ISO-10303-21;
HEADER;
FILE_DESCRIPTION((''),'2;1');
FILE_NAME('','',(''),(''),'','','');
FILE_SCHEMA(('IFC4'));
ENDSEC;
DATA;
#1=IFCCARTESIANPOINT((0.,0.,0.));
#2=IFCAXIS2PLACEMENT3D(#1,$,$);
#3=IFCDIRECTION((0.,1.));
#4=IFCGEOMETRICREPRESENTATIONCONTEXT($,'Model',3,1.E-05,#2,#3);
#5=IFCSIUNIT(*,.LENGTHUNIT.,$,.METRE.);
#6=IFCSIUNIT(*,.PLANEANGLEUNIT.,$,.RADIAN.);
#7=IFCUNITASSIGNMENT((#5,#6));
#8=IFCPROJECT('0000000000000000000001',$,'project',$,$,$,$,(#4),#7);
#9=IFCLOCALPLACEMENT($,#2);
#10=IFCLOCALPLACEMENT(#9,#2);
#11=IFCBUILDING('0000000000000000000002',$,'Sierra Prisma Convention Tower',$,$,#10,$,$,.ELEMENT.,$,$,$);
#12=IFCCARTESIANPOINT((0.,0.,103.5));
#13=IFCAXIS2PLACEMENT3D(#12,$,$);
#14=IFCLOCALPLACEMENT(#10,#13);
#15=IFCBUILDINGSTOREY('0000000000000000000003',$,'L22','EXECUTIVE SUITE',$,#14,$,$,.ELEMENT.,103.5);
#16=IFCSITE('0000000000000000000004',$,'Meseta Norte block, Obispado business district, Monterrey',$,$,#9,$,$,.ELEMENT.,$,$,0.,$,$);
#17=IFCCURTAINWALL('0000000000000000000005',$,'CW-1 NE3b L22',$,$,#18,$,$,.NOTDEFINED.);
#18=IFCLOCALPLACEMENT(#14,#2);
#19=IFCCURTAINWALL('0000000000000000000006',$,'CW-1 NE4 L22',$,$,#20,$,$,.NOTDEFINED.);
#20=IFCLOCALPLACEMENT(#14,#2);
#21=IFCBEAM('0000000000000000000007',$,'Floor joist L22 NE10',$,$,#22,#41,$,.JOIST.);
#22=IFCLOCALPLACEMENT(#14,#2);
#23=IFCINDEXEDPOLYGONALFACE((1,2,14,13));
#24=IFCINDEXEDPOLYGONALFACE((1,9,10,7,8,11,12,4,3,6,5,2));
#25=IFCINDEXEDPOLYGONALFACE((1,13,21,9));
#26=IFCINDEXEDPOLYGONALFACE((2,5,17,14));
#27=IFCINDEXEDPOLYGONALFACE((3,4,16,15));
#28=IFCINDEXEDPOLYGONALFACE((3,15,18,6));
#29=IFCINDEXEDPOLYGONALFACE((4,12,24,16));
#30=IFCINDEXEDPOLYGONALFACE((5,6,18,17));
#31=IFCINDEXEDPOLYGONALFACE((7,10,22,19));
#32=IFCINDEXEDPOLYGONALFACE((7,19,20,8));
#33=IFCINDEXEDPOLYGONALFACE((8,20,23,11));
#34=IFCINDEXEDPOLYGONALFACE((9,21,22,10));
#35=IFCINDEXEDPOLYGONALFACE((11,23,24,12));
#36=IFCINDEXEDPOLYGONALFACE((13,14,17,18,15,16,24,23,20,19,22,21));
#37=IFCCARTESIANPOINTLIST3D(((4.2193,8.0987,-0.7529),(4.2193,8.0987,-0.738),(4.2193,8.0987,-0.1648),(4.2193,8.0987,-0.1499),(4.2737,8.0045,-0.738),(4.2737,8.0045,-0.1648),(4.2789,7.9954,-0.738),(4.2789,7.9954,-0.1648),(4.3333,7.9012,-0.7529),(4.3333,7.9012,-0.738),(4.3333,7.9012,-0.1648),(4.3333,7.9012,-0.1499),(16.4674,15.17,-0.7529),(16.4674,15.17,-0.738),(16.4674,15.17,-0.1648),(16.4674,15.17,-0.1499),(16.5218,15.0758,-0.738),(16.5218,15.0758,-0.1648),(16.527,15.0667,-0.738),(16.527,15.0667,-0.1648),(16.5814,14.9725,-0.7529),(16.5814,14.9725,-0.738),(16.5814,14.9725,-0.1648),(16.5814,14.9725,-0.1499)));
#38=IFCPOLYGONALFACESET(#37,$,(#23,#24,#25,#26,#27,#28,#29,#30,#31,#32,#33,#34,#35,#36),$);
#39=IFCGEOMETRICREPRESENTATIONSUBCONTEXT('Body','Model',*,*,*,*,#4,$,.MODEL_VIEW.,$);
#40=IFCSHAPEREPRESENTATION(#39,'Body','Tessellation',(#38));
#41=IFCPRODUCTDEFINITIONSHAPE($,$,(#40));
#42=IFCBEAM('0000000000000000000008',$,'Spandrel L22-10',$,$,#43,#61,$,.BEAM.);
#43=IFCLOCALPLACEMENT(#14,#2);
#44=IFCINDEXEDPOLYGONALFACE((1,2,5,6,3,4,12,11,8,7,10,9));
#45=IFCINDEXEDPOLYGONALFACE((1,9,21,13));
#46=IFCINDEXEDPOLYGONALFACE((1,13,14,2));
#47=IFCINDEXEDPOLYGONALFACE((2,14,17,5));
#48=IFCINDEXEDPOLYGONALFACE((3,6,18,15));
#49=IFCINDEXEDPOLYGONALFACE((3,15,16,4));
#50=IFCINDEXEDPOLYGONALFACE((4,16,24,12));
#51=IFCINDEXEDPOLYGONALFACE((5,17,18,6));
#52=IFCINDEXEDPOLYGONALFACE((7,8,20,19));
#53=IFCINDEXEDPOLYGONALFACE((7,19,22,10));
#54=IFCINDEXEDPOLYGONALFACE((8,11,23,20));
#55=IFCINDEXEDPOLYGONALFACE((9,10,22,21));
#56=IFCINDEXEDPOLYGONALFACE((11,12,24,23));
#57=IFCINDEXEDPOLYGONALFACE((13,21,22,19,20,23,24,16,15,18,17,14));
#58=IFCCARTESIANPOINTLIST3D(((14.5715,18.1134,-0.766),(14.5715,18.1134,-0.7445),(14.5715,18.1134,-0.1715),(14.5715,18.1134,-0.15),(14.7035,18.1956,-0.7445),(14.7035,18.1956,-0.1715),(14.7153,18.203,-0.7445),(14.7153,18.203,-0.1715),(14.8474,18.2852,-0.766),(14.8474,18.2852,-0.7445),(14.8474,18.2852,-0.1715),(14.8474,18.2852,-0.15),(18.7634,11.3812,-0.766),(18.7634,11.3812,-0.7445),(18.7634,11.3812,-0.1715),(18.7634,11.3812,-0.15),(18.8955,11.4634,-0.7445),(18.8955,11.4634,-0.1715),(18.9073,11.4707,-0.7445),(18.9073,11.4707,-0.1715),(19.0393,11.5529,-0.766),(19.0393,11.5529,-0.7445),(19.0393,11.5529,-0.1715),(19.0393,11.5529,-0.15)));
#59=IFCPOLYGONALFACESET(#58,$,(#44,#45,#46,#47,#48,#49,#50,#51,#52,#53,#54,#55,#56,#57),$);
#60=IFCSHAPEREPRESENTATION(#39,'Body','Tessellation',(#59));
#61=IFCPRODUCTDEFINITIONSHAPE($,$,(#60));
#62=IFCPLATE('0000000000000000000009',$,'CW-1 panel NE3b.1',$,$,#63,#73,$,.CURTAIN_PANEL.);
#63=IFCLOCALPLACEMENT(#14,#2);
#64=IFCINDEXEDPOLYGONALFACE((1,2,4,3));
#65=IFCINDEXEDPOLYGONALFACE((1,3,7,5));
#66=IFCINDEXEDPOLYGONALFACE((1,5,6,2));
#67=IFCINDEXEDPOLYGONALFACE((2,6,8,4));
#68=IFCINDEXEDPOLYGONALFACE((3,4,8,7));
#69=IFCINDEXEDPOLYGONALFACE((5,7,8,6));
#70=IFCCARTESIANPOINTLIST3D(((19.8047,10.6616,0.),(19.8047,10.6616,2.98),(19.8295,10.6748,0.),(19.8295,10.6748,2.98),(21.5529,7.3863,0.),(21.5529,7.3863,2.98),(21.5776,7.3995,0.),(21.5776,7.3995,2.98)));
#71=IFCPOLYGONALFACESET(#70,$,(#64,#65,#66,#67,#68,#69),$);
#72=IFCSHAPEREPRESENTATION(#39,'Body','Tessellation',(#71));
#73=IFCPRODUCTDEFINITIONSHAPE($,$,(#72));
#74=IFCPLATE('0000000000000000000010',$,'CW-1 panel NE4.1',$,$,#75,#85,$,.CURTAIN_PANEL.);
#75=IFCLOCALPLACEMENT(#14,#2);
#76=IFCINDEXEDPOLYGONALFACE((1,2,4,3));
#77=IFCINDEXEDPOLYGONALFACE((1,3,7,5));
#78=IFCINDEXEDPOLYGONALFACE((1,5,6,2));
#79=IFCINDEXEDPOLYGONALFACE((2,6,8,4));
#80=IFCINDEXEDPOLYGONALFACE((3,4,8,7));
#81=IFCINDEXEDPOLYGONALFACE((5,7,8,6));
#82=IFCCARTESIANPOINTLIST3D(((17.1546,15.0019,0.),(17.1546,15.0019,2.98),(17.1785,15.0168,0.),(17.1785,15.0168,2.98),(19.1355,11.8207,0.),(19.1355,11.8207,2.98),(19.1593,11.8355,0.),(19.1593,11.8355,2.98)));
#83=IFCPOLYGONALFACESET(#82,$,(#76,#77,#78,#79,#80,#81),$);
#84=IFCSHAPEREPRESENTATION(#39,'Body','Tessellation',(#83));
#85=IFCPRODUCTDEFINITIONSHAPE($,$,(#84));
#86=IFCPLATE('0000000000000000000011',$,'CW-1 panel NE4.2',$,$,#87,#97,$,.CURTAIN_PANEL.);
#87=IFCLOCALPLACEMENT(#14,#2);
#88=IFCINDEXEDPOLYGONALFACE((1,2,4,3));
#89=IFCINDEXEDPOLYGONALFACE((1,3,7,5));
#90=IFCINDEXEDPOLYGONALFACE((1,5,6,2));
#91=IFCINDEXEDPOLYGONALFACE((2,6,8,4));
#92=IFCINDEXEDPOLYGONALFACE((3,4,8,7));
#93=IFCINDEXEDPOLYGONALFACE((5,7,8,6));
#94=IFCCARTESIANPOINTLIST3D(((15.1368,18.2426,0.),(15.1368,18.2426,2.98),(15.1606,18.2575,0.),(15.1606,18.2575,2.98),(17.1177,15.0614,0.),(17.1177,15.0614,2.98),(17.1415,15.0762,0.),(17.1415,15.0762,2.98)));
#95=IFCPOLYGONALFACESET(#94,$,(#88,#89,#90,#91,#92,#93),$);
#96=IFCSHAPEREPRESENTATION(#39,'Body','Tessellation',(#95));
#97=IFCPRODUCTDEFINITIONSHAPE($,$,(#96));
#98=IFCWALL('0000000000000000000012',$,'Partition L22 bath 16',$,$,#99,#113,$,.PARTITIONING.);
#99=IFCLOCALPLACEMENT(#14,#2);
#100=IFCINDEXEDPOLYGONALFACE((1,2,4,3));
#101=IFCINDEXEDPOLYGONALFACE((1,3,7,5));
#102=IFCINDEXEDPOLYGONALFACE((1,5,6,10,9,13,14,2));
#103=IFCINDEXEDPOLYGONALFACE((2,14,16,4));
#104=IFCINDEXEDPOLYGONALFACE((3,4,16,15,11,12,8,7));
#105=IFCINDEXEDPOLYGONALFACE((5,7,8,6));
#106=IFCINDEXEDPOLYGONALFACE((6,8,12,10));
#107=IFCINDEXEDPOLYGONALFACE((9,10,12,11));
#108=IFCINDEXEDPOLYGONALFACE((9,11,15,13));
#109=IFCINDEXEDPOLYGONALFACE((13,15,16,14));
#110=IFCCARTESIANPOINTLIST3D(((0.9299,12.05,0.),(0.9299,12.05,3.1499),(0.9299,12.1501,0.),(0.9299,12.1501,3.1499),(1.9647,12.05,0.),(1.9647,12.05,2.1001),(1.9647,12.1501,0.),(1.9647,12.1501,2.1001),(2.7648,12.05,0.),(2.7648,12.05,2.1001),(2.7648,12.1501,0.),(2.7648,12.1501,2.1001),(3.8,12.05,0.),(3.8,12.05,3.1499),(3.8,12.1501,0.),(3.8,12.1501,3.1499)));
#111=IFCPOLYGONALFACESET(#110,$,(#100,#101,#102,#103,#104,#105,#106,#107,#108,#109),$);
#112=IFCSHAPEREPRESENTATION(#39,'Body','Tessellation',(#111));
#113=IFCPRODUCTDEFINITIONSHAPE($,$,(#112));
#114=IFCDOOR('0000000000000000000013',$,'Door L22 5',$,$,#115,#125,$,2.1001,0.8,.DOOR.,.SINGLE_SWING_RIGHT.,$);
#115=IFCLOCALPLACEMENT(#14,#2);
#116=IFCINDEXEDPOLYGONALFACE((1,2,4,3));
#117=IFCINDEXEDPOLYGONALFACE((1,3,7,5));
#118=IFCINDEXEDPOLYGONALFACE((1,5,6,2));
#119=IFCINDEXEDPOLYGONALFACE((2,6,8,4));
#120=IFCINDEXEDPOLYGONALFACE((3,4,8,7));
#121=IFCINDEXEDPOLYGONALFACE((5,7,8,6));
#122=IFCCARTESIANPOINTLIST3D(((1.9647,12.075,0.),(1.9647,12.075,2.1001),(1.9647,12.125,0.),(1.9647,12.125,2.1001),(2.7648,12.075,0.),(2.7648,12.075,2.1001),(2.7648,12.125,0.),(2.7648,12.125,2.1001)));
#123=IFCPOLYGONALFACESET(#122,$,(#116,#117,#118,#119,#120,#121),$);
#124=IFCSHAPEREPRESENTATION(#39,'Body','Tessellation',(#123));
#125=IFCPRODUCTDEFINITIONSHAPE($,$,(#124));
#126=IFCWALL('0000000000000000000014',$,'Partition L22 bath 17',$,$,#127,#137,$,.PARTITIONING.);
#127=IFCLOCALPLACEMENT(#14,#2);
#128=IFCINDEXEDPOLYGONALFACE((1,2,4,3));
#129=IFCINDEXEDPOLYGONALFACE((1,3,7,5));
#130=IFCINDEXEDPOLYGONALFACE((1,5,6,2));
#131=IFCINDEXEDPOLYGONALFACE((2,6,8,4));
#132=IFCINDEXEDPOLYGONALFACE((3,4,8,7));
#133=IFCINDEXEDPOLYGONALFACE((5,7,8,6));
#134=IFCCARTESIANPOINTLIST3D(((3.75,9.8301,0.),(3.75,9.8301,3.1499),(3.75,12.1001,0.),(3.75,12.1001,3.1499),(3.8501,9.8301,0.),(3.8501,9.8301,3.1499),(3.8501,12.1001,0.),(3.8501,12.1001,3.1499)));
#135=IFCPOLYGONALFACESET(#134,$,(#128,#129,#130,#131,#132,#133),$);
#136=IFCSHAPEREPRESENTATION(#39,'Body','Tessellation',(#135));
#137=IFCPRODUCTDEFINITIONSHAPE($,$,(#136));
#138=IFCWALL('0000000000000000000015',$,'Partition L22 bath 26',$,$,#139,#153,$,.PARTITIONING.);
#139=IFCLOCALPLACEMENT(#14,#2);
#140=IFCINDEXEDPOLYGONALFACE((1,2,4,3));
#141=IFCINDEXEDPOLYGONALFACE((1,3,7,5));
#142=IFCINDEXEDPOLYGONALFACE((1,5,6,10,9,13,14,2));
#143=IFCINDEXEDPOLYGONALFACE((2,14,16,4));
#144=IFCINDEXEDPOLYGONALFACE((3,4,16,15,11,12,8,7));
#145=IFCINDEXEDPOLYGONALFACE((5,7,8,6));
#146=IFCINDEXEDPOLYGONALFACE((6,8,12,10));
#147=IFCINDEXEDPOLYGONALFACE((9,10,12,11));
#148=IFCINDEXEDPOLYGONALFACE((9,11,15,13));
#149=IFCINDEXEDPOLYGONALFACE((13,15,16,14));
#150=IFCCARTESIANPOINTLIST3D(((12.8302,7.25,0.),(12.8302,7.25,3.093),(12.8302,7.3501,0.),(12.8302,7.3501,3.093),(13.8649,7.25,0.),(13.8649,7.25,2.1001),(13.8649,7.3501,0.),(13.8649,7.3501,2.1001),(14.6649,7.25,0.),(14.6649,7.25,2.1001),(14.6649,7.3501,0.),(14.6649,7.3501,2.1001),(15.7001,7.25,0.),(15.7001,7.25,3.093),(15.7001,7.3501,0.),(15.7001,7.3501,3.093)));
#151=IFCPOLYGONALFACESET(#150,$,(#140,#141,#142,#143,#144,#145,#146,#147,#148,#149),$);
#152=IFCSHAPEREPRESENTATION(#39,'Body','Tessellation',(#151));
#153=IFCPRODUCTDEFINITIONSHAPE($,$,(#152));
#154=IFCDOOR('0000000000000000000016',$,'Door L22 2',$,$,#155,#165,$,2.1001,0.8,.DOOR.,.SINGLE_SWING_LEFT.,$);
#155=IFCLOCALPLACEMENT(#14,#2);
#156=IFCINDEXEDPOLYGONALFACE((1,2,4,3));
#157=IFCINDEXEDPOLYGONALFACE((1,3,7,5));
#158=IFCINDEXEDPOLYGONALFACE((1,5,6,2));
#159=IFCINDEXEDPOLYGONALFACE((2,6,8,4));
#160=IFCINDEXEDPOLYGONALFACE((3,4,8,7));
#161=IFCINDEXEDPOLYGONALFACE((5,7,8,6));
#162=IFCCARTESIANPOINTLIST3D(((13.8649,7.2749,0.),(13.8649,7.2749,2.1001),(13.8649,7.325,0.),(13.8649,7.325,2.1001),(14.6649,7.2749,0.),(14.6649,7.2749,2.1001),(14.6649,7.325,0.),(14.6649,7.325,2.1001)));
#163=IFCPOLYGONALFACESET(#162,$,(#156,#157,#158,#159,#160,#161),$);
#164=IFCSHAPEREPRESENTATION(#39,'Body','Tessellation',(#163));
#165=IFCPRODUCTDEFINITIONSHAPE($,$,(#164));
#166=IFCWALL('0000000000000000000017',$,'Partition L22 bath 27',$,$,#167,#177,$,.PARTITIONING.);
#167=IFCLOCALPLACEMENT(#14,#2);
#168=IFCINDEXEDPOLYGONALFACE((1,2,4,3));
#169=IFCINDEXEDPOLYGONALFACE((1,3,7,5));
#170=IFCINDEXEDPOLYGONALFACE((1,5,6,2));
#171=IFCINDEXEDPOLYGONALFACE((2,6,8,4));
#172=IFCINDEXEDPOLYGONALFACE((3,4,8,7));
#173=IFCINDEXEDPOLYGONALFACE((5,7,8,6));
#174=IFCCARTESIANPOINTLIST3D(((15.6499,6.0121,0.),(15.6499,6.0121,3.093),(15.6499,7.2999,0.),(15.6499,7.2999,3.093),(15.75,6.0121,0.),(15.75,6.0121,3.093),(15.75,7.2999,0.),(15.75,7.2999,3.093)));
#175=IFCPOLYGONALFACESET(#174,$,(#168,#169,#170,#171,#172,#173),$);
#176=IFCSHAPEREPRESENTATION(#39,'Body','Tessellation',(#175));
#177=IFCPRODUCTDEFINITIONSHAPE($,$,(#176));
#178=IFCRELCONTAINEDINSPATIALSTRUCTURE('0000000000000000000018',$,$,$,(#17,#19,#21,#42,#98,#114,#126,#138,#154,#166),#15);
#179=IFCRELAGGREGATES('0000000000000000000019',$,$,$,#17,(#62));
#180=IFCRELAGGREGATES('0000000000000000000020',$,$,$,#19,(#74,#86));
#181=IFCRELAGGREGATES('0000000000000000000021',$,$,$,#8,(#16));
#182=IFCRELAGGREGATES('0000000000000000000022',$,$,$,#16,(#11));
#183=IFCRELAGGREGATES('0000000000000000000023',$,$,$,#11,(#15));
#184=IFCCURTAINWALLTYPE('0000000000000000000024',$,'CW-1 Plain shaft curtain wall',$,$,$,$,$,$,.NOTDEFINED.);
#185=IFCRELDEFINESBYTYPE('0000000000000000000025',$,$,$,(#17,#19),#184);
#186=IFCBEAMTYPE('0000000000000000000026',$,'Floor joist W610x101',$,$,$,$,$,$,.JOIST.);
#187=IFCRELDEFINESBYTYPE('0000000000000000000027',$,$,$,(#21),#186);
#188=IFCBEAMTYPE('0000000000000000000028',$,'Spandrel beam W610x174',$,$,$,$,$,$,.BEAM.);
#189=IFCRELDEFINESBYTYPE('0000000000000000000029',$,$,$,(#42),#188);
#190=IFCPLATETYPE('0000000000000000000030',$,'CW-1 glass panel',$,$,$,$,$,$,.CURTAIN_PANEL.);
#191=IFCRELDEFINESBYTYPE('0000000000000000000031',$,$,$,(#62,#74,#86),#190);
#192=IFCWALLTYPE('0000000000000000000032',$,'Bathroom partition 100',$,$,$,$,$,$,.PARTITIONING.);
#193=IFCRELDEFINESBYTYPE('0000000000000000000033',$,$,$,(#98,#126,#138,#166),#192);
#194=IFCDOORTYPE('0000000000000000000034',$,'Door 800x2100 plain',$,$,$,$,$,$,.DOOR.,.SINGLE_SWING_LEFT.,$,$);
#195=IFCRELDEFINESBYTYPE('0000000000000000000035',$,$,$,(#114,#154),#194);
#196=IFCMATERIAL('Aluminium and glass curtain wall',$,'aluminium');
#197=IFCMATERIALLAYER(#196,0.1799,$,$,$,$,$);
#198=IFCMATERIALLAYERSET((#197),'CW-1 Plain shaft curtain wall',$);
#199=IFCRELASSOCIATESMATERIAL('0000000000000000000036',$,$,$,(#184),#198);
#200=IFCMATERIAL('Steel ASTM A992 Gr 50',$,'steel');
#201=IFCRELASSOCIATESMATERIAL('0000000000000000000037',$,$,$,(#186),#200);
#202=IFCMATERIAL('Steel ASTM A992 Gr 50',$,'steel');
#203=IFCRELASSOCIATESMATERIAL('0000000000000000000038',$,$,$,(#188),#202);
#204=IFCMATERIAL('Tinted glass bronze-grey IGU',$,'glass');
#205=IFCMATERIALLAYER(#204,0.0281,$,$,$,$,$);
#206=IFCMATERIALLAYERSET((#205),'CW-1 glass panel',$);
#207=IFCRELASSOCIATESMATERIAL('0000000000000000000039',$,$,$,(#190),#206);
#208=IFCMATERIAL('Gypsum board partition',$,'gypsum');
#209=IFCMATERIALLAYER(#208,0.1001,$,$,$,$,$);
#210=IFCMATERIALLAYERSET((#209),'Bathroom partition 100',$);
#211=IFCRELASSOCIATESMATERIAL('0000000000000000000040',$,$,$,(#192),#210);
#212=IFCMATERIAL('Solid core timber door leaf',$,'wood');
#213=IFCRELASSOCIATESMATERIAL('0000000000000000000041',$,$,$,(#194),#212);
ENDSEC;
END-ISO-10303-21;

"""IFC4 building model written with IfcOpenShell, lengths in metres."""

from ifc_helpers import new_model, si_unit, direction, frame, frame_2d, origin, origin_2d, place, context, subcontext, project, spatial, rectangle, i_section, extrude, material, layer, layer_set, material_profile, profile_set, type_object, element, fill, aggregate, save


model = new_model("IFC4")

# Units and contexts
model_context = context("Model", 3, precision=1e-05, world=origin(), true_north=direction((0.0, 1.0)))
body_context = subcontext(model_context, "Body", "Model", "MODEL_VIEW")
ifc_project = project(units=[si_unit("LENGTHUNIT", "METRE"), si_unit("PLANEANGLEUNIT", "RADIAN")], contexts=[model_context])

# Site, building, storey
site_placement = place(None, origin())
site = spatial("IfcSite", under=ifc_project, at=site_placement, Name="Meseta Norte block, Obispado business district, Monterrey", CompositionType="ELEMENT", RefElevation=0.0)
building_placement = place(site_placement, origin())
building = spatial("IfcBuilding", under=site, at=building_placement, Name="Sierra Prisma Convention Tower", CompositionType="ELEMENT")
storey_placement = place(building_placement, frame((0.0, 0.0, 103.5)))
storey = spatial("IfcBuildingStorey", under=building, at=storey_placement, Name="L22", Description="EXECUTIVE SUITE", CompositionType="ELEMENT", Elevation=103.5)

# Curtain wall
ifc_material_1 = material(Name="Aluminium and glass curtain wall", Category="aluminium")
ifc_layer_1 = layer(ifc_material_1, 0.1799)
ifc_layer_set_1 = layer_set([ifc_layer_1], Name="CW-1 Plain shaft curtain wall")
curtain_wall_type = type_object("IfcCurtainWallType", Name="CW-1 Plain shaft curtain wall", PredefinedType="NOTDEFINED", material=ifc_layer_set_1)
curtain_wall_1_placement = place(storey_placement, origin())
curtain_wall_1 = element("IfcCurtainWall", 1, at=curtain_wall_1_placement, inside=storey, type_object=curtain_wall_type, Name="CW-1 NE3b L22", PredefinedType="NOTDEFINED")

# Curtain wall
curtain_wall_2_placement = place(storey_placement, origin())
curtain_wall_2 = element("IfcCurtainWall", 2, at=curtain_wall_2_placement, inside=storey, type_object=curtain_wall_type, Name="CW-1 NE4 L22", PredefinedType="NOTDEFINED")

# Beams
ifc_material_2 = material(Name="Steel ASTM A992 Gr 50", Category="steel")
ifc_material_profile_1 = material_profile(ifc_material_2, i_section(OverallWidth=0.228, OverallDepth=0.603, WebThickness=0.0105, FlangeThickness=0.0149, at=origin_2d()), Name="W610x101")
ifc_profile_set_1 = profile_set([ifc_material_profile_1], Name="Steel ASTM A992 Gr 50")
beam_type_1 = type_object("IfcBeamType", Name="Floor joist W610x101", PredefinedType="JOIST", material=ifc_profile_set_1)
beam_1_placement = place(storey_placement, frame((16.5244, 15.0713, -0.4514), z_axis=(-0.866029, -0.499993, 0.0), x_axis=(0.499993, -0.866029, 0.0)))
element("IfcBeam", 3, at=beam_1_placement, inside=storey, type_object=beam_type_1, Name="Floor joist L22 NE10", PredefinedType="JOIST", context=body_context, shape_type="SweptSolid", body=[
    extrude(i_section(OverallWidth=0.228, OverallDepth=0.603, WebThickness=0.0105, FlangeThickness=0.0149, at=origin_2d()), origin(), (0.0, 0.0, 1.0), 14.1428),
])
ifc_material_3 = material(Name="Steel ASTM A992 Gr 50", Category="steel")
ifc_material_profile_2 = material_profile(ifc_material_3, i_section(OverallWidth=0.325, OverallDepth=0.616, WebThickness=0.0139, FlangeThickness=0.0215, at=origin_2d()), Name="W610x174")
ifc_profile_set_2 = profile_set([ifc_material_profile_2], Name="Steel ASTM A992 Gr 50")
beam_type_2 = type_object("IfcBeamType", Name="Spandrel beam W610x174", PredefinedType="BEAM", material=ifc_profile_set_2)
beam_2_placement = place(storey_placement, frame((18.9014, 11.467, -0.458), z_axis=(-0.528573, 0.848888, 0.0), x_axis=(-0.848888, -0.528573, 0.0)))
element("IfcBeam", 4, at=beam_2_placement, inside=storey, type_object=beam_type_2, Name="Spandrel L22-10", PredefinedType="BEAM", context=body_context, shape_type="SweptSolid", body=[
    extrude(i_section(OverallWidth=0.325, OverallDepth=0.616, WebThickness=0.0139, FlangeThickness=0.0215, at=origin_2d()), origin(), (0.0, 0.0, 1.0), 7.9307),
])

# Plates
ifc_material_4 = material(Name="Tinted glass bronze-grey IGU", Category="glass")
ifc_layer_2 = layer(ifc_material_4, 0.0281)
ifc_layer_set_2 = layer_set([ifc_layer_2], Name="CW-1 glass panel")
plate_type = type_object("IfcPlateType", Name="CW-1 glass panel", PredefinedType="CURTAIN_PANEL", material=ifc_layer_set_2)
plate_1_placement = place(storey_placement, frame((20.6912, 9.0305, 0.0), z_axis=(0.0, 0.0, 1.0), x_axis=(-0.470872, 0.882201, 0.0)))
plate_1 = element("IfcPlate", 5, at=plate_1_placement, type_object=plate_type, Name="CW-1 panel NE3b.1", PredefinedType="CURTAIN_PANEL", context=body_context, shape_type="SweptSolid", body=[
    extrude(rectangle(XDim=3.7126, YDim=0.0281, at=origin_2d()), origin(), (0.0, 0.0, 1.0), 2.98),
])
aggregate(curtain_wall_1, [plate_1])
plate_2_placement = place(storey_placement, frame((18.157, 13.4187, 0.0), z_axis=(0.0, 0.0, 1.0), x_axis=(-0.528573, 0.848888, 0.0)))
plate_2 = element("IfcPlate", 6, at=plate_2_placement, type_object=plate_type, Name="CW-1 panel NE4.1", PredefinedType="CURTAIN_PANEL", context=body_context, shape_type="SweptSolid", body=[
    extrude(rectangle(XDim=3.7476, YDim=0.0281, at=origin_2d()), origin(), (0.0, 0.0, 1.0), 2.98),
])
plate_3_placement = place(storey_placement, frame((16.1392, 16.6594, 0.0), z_axis=(0.0, 0.0, 1.0), x_axis=(-0.528573, 0.848888, 0.0)))
plate_3 = element("IfcPlate", 7, at=plate_3_placement, type_object=plate_type, Name="CW-1 panel NE4.2", PredefinedType="CURTAIN_PANEL", context=body_context, shape_type="SweptSolid", body=[
    extrude(rectangle(XDim=3.7476, YDim=0.0281, at=origin_2d()), origin(), (0.0, 0.0, 1.0), 2.98),
])
aggregate(curtain_wall_2, [plate_2, plate_3])

# Wall, opening, door
ifc_material_5 = material(Name="Gypsum board partition", Category="gypsum")
ifc_layer_3 = layer(ifc_material_5, 0.1001)
ifc_layer_set_3 = layer_set([ifc_layer_3], Name="Bathroom partition 100")
wall_type_1 = type_object("IfcWallType", Name="Bathroom partition 100", PredefinedType="PARTITIONING", material=ifc_layer_set_3)
wall_1_placement = place(storey_placement, frame((0.9299, 12.1001, 0.0), z_axis=(0.0, 0.0, 1.0), x_axis=(1.0, 0.0, 0.0)))
wall_1 = element("IfcWall", 8, at=wall_1_placement, inside=storey, type_object=wall_type_1, Name="Partition L22 bath 16", PredefinedType="PARTITIONING", context=body_context, shape_type="SweptSolid", body=[
    extrude(rectangle(XDim=2.8701, YDim=0.1001, at=frame_2d((1.4351, 0.0))), origin(), (0.0, 0.0, 1.0), 3.1499),
])
opening_1_placement = place(wall_1_placement, frame((1.0349, 0.0, 0.0)))
opening_1 = element("IfcOpeningElement", 9, at=opening_1_placement, cuts=wall_1, PredefinedType="OPENING", context=body_context, shape_type="SweptSolid", body=[
    extrude(rectangle(XDim=0.8, YDim=2.1001, at=frame_2d((0.3999, 1.05))), frame((0.0, 0.05, 0.0), z_axis=(0.0, -1.0, 0.0), x_axis=(1.0, 0.0, 0.0)), (0.0, 0.0, 1.0), 0.1001),
])
ifc_material_6 = material(Name="Solid core timber door leaf", Category="wood")
door_type_1 = type_object("IfcDoorType", Name="Door 800x2100 plain", OperationType="SINGLE_SWING_LEFT", PredefinedType="DOOR", material=ifc_material_6)
door_1_placement = place(opening_1_placement, origin())
door_1 = element("IfcDoor", 10, at=door_1_placement, inside=storey, type_object=door_type_1, Name="Door L22 5", OperationType="SINGLE_SWING_RIGHT", OverallHeight=2.1001, OverallWidth=0.8, PredefinedType="DOOR", context=body_context, shape_type="SweptSolid", body=[
    extrude(rectangle(XDim=0.8, YDim=2.1001, at=frame_2d((0.3999, 1.05))), frame((0.0, 0.0249, 0.0), z_axis=(0.0, -1.0, 0.0), x_axis=(1.0, 0.0, 0.0)), (0.0, 0.0, 1.0), 0.05),
])
fill(opening_1, door_1)

# Wall
wall_2_placement = place(storey_placement, frame((3.8, 12.1001, 0.0), z_axis=(0.0, 0.0, 1.0), x_axis=(0.0, -1.0, 0.0)))
element("IfcWall", 11, at=wall_2_placement, inside=storey, type_object=wall_type_1, Name="Partition L22 bath 17", PredefinedType="PARTITIONING", context=body_context, shape_type="SweptSolid", body=[
    extrude(rectangle(XDim=2.27, YDim=0.1001, at=frame_2d((1.135, 0.0))), origin(), (0.0, 0.0, 1.0), 3.1499),
])

# Wall, opening, door
wall_3_placement = place(storey_placement, frame((12.8301, 7.3, 0.0), z_axis=(0.0, 0.0, 1.0), x_axis=(1.0, 0.0, 0.0)))
wall_3 = element("IfcWall", 12, at=wall_3_placement, inside=storey, type_object=wall_type_1, Name="Partition L22 bath 26", PredefinedType="PARTITIONING", context=body_context, shape_type="SweptSolid", body=[
    extrude(rectangle(XDim=2.8699, YDim=0.1001, at=frame_2d((1.4351, 0.0))), origin(), (0.0, 0.0, 1.0), 3.093),
])
opening_2_placement = place(wall_3_placement, frame((1.0349, 0.0, 0.0)))
opening_2 = element("IfcOpeningElement", 13, at=opening_2_placement, cuts=wall_3, PredefinedType="OPENING", context=body_context, shape_type="SweptSolid", body=[
    extrude(rectangle(XDim=0.8, YDim=2.1001, at=frame_2d((0.3999, 1.05))), frame((0.0, 0.05, 0.0), z_axis=(0.0, -1.0, 0.0), x_axis=(1.0, 0.0, 0.0)), (0.0, 0.0, 1.0), 0.1001),
])
door_2_placement = place(opening_2_placement, origin())
door_2 = element("IfcDoor", 14, at=door_2_placement, inside=storey, type_object=door_type_1, Name="Door L22 2", OperationType="SINGLE_SWING_LEFT", OverallHeight=2.1001, OverallWidth=0.8, PredefinedType="DOOR", context=body_context, shape_type="SweptSolid", body=[
    extrude(rectangle(XDim=0.8, YDim=2.1001, at=frame_2d((0.3999, 1.05))), frame((0.0, 0.0249, 0.0), z_axis=(0.0, -1.0, 0.0), x_axis=(1.0, 0.0, 0.0)), (0.0, 0.0, 1.0), 0.05),
])
fill(opening_2, door_2)

# Wall
wall_4_placement = place(storey_placement, frame((15.7, 7.3, 0.0), z_axis=(0.0, 0.0, 1.0), x_axis=(0.0, -1.0, 0.0)))
element("IfcWall", 15, at=wall_4_placement, inside=storey, type_object=wall_type_1, Name="Partition L22 bath 27", PredefinedType="PARTITIONING", context=body_context, shape_type="SweptSolid", body=[
    extrude(rectangle(XDim=1.2878, YDim=0.1001, at=frame_2d((0.644, 0.0))), origin(), (0.0, 0.0, 1.0), 3.093),
])

save(model, "model.ifc")
